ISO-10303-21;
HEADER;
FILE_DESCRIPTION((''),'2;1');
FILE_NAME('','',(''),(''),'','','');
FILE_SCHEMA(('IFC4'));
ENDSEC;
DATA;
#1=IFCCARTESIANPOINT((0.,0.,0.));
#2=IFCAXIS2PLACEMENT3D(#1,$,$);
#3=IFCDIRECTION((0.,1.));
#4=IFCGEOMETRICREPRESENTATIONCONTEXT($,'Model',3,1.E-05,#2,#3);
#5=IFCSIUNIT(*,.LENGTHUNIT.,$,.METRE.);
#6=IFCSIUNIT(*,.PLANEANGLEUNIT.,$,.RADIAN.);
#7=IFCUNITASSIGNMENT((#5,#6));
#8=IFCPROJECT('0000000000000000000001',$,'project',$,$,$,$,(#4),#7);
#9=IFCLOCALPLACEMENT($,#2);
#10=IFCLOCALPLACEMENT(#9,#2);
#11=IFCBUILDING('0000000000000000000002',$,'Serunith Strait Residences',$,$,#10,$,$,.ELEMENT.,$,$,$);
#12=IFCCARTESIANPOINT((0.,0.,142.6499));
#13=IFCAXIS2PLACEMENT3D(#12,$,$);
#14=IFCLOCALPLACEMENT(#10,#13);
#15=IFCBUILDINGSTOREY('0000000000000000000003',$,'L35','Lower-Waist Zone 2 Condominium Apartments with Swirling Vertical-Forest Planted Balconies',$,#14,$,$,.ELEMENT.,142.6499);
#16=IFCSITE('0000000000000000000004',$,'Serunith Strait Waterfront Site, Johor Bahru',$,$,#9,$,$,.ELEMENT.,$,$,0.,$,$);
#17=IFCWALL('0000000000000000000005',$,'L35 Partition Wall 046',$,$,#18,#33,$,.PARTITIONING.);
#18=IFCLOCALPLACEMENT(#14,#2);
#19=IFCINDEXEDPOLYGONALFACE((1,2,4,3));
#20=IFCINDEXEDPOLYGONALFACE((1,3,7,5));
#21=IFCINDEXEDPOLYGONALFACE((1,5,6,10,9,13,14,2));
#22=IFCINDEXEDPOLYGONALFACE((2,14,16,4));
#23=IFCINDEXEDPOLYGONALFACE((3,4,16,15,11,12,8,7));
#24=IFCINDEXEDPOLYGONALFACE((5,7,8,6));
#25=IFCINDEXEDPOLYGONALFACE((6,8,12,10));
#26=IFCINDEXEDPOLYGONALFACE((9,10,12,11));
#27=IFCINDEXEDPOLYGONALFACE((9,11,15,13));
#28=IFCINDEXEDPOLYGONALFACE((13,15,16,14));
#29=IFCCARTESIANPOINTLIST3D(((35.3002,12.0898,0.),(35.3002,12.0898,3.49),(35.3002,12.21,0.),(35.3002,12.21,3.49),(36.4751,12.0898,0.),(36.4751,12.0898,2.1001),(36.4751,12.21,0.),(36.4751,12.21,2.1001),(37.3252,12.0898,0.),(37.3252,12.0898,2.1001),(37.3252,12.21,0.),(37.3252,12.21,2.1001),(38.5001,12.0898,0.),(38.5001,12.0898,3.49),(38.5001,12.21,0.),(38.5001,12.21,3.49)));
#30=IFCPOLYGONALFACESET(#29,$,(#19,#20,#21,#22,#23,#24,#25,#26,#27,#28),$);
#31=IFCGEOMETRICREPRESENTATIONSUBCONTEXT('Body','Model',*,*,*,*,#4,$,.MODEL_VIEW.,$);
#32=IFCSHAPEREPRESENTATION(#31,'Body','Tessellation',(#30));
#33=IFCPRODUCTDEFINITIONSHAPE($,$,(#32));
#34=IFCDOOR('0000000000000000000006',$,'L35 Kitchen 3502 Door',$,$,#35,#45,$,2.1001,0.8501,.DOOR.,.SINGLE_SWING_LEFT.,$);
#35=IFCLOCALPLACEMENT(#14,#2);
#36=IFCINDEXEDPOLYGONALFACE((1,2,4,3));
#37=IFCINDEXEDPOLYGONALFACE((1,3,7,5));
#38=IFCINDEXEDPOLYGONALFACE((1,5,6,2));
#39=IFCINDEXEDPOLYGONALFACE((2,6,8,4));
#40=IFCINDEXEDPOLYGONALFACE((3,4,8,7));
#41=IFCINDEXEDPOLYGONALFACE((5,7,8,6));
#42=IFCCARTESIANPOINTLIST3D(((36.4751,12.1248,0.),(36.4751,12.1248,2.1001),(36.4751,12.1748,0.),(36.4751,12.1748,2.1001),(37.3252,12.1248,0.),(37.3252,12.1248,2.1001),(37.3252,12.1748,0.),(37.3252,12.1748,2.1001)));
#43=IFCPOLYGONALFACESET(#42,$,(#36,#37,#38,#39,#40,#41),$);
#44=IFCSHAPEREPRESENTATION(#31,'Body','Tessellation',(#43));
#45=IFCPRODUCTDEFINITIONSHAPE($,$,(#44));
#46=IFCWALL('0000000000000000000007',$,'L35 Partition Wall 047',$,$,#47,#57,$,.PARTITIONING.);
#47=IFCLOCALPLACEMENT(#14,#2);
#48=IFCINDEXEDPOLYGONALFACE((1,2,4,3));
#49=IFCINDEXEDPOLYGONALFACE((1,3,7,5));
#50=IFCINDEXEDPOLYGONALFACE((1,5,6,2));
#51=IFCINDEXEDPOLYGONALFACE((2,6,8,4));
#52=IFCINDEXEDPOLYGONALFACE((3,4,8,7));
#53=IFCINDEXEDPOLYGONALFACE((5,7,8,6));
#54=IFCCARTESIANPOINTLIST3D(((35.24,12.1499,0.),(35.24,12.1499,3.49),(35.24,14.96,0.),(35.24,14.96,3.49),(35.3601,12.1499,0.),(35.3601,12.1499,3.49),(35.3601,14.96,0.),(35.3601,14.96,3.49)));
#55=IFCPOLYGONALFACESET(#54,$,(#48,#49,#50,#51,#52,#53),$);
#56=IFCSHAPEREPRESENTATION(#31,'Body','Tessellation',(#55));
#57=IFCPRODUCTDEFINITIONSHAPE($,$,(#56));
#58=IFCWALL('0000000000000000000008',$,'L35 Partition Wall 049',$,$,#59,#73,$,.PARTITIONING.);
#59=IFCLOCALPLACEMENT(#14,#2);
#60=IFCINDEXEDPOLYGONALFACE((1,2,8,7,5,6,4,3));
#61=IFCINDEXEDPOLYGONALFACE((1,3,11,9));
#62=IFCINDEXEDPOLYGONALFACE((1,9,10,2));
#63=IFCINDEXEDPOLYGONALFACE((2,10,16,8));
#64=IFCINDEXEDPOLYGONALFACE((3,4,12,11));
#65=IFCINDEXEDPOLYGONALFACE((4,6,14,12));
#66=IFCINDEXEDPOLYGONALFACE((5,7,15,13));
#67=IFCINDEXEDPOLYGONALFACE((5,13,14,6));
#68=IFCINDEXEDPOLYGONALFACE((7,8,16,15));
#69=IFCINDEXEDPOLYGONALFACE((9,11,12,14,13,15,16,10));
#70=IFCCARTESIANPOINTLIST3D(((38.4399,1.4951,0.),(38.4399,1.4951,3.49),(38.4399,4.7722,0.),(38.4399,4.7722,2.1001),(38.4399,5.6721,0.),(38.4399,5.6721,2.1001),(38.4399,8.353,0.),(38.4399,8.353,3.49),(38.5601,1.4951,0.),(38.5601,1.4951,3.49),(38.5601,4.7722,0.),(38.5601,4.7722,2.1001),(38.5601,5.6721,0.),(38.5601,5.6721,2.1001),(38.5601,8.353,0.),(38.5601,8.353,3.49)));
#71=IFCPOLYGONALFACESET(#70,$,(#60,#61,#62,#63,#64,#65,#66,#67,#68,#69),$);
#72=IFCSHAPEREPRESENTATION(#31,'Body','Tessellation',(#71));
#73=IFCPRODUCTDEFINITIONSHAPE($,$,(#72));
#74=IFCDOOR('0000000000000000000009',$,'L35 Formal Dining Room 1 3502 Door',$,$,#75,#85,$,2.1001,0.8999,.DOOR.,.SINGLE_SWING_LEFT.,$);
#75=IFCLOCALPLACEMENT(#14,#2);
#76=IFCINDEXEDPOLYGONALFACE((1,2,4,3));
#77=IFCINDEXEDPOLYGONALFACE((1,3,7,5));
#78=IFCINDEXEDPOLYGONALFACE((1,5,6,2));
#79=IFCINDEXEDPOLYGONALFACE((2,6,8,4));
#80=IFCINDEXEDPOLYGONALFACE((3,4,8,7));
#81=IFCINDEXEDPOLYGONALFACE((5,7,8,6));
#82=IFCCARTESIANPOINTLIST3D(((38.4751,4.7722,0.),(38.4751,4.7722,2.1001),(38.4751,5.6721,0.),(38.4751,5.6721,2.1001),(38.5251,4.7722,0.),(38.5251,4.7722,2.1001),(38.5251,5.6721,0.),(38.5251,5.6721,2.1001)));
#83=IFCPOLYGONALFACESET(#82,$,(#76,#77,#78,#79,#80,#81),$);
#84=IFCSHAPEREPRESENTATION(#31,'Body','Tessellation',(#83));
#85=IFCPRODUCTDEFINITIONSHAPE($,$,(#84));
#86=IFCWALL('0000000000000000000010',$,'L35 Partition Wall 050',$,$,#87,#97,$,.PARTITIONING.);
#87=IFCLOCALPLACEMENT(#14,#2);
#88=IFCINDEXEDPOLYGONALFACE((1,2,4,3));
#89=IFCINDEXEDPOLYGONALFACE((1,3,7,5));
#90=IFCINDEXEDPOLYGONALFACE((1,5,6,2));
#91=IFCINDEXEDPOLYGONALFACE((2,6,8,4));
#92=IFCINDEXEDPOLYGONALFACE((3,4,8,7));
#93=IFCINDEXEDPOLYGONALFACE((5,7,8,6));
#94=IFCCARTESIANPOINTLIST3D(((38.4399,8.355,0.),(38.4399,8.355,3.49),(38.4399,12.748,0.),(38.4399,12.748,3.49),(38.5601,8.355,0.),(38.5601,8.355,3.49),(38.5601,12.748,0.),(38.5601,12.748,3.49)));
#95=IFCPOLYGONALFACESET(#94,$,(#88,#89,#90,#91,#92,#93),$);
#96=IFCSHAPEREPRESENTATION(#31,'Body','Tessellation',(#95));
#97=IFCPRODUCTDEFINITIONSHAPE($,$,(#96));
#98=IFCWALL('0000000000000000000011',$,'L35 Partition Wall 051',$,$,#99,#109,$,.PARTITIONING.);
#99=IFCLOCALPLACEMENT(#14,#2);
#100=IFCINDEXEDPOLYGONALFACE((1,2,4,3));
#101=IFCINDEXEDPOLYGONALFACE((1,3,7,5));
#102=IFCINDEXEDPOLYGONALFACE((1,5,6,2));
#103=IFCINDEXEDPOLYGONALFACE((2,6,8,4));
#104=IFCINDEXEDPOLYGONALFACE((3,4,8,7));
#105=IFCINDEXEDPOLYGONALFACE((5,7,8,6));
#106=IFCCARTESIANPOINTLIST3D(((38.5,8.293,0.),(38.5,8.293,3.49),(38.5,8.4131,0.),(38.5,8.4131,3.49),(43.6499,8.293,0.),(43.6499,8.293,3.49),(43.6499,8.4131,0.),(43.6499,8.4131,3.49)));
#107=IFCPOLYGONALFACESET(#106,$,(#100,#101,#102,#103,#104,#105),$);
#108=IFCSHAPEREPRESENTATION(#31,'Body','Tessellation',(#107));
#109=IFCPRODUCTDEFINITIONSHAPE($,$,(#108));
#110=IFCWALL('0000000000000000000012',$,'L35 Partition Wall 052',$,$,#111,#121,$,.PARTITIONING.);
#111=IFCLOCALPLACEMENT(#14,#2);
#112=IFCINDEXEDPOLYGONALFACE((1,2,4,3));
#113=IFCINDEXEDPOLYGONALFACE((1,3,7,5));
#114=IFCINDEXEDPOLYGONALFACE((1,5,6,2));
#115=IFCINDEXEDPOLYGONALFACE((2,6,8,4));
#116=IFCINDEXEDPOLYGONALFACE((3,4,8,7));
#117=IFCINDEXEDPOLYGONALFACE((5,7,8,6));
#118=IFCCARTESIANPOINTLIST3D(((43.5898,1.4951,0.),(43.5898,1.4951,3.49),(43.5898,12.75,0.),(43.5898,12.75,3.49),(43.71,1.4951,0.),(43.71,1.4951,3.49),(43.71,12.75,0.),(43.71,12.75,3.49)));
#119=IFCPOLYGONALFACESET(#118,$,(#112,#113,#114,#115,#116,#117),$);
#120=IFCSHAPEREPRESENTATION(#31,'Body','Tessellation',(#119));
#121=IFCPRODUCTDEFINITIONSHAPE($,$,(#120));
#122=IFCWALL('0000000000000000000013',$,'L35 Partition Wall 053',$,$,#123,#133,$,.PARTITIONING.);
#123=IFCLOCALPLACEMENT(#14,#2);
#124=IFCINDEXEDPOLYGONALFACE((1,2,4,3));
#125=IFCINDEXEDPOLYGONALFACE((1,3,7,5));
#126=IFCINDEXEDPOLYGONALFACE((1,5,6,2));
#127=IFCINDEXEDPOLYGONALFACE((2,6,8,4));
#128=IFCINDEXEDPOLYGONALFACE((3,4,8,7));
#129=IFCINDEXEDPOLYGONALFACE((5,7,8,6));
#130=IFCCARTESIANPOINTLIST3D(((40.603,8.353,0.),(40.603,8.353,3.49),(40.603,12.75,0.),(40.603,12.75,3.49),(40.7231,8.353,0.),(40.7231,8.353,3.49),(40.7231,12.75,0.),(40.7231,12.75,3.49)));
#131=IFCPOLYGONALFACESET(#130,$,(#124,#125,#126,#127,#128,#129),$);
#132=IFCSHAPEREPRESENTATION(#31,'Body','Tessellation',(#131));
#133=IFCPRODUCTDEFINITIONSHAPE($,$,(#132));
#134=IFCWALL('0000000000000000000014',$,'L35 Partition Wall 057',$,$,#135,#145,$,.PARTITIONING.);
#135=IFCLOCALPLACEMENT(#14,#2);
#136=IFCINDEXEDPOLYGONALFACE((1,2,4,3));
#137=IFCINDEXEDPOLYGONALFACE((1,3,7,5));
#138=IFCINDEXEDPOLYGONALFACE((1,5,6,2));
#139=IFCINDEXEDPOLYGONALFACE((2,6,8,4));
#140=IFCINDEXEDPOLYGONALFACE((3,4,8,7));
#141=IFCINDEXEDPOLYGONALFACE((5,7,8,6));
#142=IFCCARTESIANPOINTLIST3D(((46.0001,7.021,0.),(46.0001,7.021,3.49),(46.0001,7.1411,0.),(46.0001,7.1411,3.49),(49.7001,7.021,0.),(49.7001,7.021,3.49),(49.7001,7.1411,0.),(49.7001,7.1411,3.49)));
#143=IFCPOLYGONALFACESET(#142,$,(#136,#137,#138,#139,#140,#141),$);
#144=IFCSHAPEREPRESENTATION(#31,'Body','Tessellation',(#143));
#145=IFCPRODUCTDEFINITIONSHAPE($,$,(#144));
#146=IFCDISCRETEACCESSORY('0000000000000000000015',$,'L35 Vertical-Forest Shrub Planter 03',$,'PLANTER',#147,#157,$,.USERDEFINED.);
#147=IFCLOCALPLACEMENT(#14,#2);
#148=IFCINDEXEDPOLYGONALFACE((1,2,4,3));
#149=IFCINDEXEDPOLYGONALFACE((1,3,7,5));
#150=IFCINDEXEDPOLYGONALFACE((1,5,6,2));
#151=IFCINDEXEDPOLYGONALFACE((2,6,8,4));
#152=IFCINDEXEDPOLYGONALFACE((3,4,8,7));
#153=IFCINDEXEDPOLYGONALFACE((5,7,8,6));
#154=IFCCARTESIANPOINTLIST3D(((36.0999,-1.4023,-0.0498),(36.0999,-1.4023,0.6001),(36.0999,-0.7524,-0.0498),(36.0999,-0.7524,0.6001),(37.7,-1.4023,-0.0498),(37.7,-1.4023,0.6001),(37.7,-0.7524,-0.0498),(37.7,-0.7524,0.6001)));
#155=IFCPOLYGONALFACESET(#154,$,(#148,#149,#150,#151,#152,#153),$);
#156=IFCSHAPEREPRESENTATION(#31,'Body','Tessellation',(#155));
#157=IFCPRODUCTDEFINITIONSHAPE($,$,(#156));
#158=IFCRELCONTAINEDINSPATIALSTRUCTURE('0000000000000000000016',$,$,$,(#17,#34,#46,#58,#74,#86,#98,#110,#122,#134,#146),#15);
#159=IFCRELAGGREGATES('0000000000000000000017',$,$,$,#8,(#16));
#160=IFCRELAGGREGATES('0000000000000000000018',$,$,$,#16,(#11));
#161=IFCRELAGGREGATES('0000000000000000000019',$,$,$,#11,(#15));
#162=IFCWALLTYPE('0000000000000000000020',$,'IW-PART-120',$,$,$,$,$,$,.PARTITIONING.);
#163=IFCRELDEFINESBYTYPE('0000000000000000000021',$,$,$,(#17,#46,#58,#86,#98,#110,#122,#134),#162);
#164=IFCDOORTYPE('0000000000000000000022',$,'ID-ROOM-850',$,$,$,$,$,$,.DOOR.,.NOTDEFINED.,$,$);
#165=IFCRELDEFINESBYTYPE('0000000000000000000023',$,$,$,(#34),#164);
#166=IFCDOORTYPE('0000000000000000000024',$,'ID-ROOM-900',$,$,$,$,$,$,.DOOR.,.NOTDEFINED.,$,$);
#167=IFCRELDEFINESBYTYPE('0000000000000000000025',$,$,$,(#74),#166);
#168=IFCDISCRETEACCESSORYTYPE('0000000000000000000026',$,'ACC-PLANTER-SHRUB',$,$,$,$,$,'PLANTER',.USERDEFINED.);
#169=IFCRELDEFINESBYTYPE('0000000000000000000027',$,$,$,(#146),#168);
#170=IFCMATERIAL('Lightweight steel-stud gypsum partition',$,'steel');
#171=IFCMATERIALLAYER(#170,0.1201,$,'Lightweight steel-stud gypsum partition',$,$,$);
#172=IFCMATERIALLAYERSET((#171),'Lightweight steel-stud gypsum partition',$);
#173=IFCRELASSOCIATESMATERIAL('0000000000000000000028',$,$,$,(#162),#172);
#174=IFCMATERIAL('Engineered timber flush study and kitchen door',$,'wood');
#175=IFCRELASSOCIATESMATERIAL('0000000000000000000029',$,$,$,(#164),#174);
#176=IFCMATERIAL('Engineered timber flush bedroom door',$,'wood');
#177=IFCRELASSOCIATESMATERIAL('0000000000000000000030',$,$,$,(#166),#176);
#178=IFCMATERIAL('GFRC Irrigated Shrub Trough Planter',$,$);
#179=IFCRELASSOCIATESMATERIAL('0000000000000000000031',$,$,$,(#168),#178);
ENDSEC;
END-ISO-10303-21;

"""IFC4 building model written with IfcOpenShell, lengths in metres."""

from ifc_helpers import new_model, si_unit, direction, frame, frame_2d, origin, origin_2d, place, context, subcontext, project, spatial, rectangle, extrude, source, transform, mapped, material, layer, layer_set, type_object, element, fill, save


model = new_model("IFC4")

# Units and contexts
model_context = context("Model", 3, precision=1e-05, world=origin(), true_north=direction((0.0, 1.0)))
body_context = subcontext(model_context, "Body", "Model", "MODEL_VIEW")
ifc_project = project(units=[si_unit("LENGTHUNIT", "METRE"), si_unit("PLANEANGLEUNIT", "RADIAN")], contexts=[model_context])

# Site, building, storey
site_placement = place(None, origin())
site = spatial("IfcSite", under=ifc_project, at=site_placement, Name="Serunith Strait Waterfront Site, Johor Bahru", CompositionType="ELEMENT", RefElevation=0.0)
building_placement = place(site_placement, origin())
building = spatial("IfcBuilding", under=site, at=building_placement, Name="Serunith Strait Residences", CompositionType="ELEMENT")
storey_placement = place(building_placement, frame((0.0, 0.0, 142.6499)))
storey = spatial("IfcBuildingStorey", under=building, at=storey_placement, Name="L35", Description="Lower-Waist Zone 2 Condominium Apartments with Swirling Vertical-Forest Planted Balconies", CompositionType="ELEMENT", Elevation=142.6499)

# Wall, opening, door
ifc_material_1 = material(Name="Lightweight steel-stud gypsum partition", Category="steel")
ifc_layer_1 = layer(ifc_material_1, 0.1201, Name="Lightweight steel-stud gypsum partition")
ifc_layer_set_1 = layer_set([ifc_layer_1], Name="Lightweight steel-stud gypsum partition")
wall_type = type_object("IfcWallType", Name="IW-PART-120", PredefinedType="PARTITIONING", material=ifc_layer_set_1)
wall_1_placement = place(storey_placement, frame((35.3, 12.1499, 0.0), z_axis=(0.0, 0.0, 1.0), x_axis=(1.0, 0.0, 0.0)))
wall_1 = element("IfcWall", 1, at=wall_1_placement, inside=storey, type_object=wall_type, Name="L35 Partition Wall 046", PredefinedType="PARTITIONING", context=body_context, shape_type="SweptSolid", body=[
    extrude(rectangle(XDim=3.2, YDim=0.1201, at=frame_2d((1.6001, 0.0))), origin(), (0.0, 0.0, 1.0), 3.49),
])
opening_1_placement = place(wall_1_placement, frame((1.175, 0.0, 0.0)))
opening_1 = element("IfcOpeningElement", 2, at=opening_1_placement, cuts=wall_1, PredefinedType="OPENING", context=body_context, shape_type="SweptSolid", body=[
    extrude(rectangle(XDim=0.8501, YDim=2.1001, at=frame_2d((0.425, 1.05))), frame((0.0, 0.0701, 0.0), z_axis=(0.0, -1.0, 0.0), x_axis=(1.0, 0.0, 0.0)), (0.0, 0.0, 1.0), 0.1401),
])
ifc_material_2 = material(Name="Engineered timber flush study and kitchen door", Category="wood")
door_type_1 = type_object("IfcDoorType", Name="ID-ROOM-850", OperationType="NOTDEFINED", PredefinedType="DOOR", material=ifc_material_2)
shared_shape_1 = source(origin(), body_context, "Body", "SweptSolid", [
    extrude(rectangle(XDim=0.8501, YDim=2.1001, at=frame_2d((0.425, 1.05))), frame((0.0, 0.0249, 0.0), z_axis=(0.0, -1.0, 0.0), x_axis=(1.0, 0.0, 0.0)), (0.0, 0.0, 1.0), 0.05),
])
door_1_placement = place(opening_1_placement, origin())
door_1 = element("IfcDoor", 3, at=door_1_placement, inside=storey, type_object=door_type_1, Name="L35 Kitchen 3502 Door", OperationType="SINGLE_SWING_LEFT", OverallHeight=2.1001, OverallWidth=0.8501, PredefinedType="DOOR", context=body_context, shape_type="MappedRepresentation", body=[
    mapped(shared_shape_1, transform((0.0, 0.0, 0.0), scale=1.0)),
])
fill(opening_1, door_1)

# Wall
wall_2_placement = place(storey_placement, frame((35.3, 12.1499, 0.0), z_axis=(0.0, 0.0, 1.0), x_axis=(0.0, 1.0, 0.0)))
element("IfcWall", 4, at=wall_2_placement, inside=storey, type_object=wall_type, Name="L35 Partition Wall 047", PredefinedType="PARTITIONING", context=body_context, shape_type="SweptSolid", body=[
    extrude(rectangle(XDim=2.8101, YDim=0.1201, at=frame_2d((1.405, 0.0))), origin(), (0.0, 0.0, 1.0), 3.49),
])

# Wall, opening, door
wall_3_placement = place(storey_placement, frame((38.5, 1.4951, 0.0), z_axis=(0.0, 0.0, 1.0), x_axis=(0.0, 1.0, 0.0)))
wall_3 = element("IfcWall", 5, at=wall_3_placement, inside=storey, type_object=wall_type, Name="L35 Partition Wall 049", PredefinedType="PARTITIONING", context=body_context, shape_type="SweptSolid", body=[
    extrude(rectangle(XDim=6.8579, YDim=0.1201, at=frame_2d((3.429, 0.0))), origin(), (0.0, 0.0, 1.0), 3.49),
])
opening_2_placement = place(wall_3_placement, frame((3.2771, 0.0, 0.0)))
opening_2 = element("IfcOpeningElement", 6, at=opening_2_placement, cuts=wall_3, PredefinedType="OPENING", context=body_context, shape_type="SweptSolid", body=[
    extrude(rectangle(XDim=0.8999, YDim=2.1001, at=frame_2d((0.45, 1.05))), frame((0.0, 0.0701, 0.0), z_axis=(0.0, -1.0, 0.0), x_axis=(1.0, 0.0, 0.0)), (0.0, 0.0, 1.0), 0.1401),
])
ifc_material_3 = material(Name="Engineered timber flush bedroom door", Category="wood")
door_type_2 = type_object("IfcDoorType", Name="ID-ROOM-900", OperationType="NOTDEFINED", PredefinedType="DOOR", material=ifc_material_3)
shared_shape_2 = source(origin(), body_context, "Body", "SweptSolid", [
    extrude(rectangle(XDim=0.8999, YDim=2.1001, at=frame_2d((0.45, 1.05))), frame((0.0, 0.0249, 0.0), z_axis=(0.0, -1.0, 0.0), x_axis=(1.0, 0.0, 0.0)), (0.0, 0.0, 1.0), 0.05),
])
door_2_placement = place(opening_2_placement, origin())
door_2 = element("IfcDoor", 7, at=door_2_placement, inside=storey, type_object=door_type_2, Name="L35 Formal Dining Room 1 3502 Door", OperationType="SINGLE_SWING_LEFT", OverallHeight=2.1001, OverallWidth=0.8999, PredefinedType="DOOR", context=body_context, shape_type="MappedRepresentation", body=[
    mapped(shared_shape_2, transform((0.0, 0.0, 0.0), scale=1.0)),
])
fill(opening_2, door_2)

# Walls
wall_4_placement = place(storey_placement, frame((38.5, 8.355, 0.0), z_axis=(0.0, 0.0, 1.0), x_axis=(0.0, 1.0, 0.0)))
element("IfcWall", 8, at=wall_4_placement, inside=storey, type_object=wall_type, Name="L35 Partition Wall 050", PredefinedType="PARTITIONING", context=body_context, shape_type="SweptSolid", body=[
    extrude(rectangle(XDim=4.3931, YDim=0.1201, at=frame_2d((2.1965, 0.0))), origin(), (0.0, 0.0, 1.0), 3.49),
])
wall_5_placement = place(storey_placement, frame((38.5, 8.353, 0.0), z_axis=(0.0, 0.0, 1.0), x_axis=(1.0, 0.0, 0.0)))
element("IfcWall", 9, at=wall_5_placement, inside=storey, type_object=wall_type, Name="L35 Partition Wall 051", PredefinedType="PARTITIONING", context=body_context, shape_type="SweptSolid", body=[
    extrude(rectangle(XDim=5.1499, YDim=0.1201, at=frame_2d((2.575, 0.0))), origin(), (0.0, 0.0, 1.0), 3.49),
])
wall_6_placement = place(storey_placement, frame((43.6499, 1.4951, 0.0), z_axis=(0.0, 0.0, 1.0), x_axis=(0.0, 1.0, 0.0)))
element("IfcWall", 10, at=wall_6_placement, inside=storey, type_object=wall_type, Name="L35 Partition Wall 052", PredefinedType="PARTITIONING", context=body_context, shape_type="SweptSolid", body=[
    extrude(rectangle(XDim=11.2549, YDim=0.1201, at=frame_2d((5.6274, 0.0))), origin(), (0.0, 0.0, 1.0), 3.49),
])
wall_7_placement = place(storey_placement, frame((40.6631, 8.353, 0.0), z_axis=(0.0, 0.0, 1.0), x_axis=(0.0, 1.0, 0.0)))
element("IfcWall", 11, at=wall_7_placement, inside=storey, type_object=wall_type, Name="L35 Partition Wall 053", PredefinedType="PARTITIONING", context=body_context, shape_type="SweptSolid", body=[
    extrude(rectangle(XDim=4.397, YDim=0.1201, at=frame_2d((2.1985, 0.0))), origin(), (0.0, 0.0, 1.0), 3.49),
])
wall_8_placement = place(storey_placement, frame((46.0, 7.0811, 0.0), z_axis=(0.0, 0.0, 1.0), x_axis=(1.0, 0.0, 0.0)))
element("IfcWall", 12, at=wall_8_placement, inside=storey, type_object=wall_type, Name="L35 Partition Wall 057", PredefinedType="PARTITIONING", context=body_context, shape_type="SweptSolid", body=[
    extrude(rectangle(XDim=3.7, YDim=0.1201, at=frame_2d((1.8501, 0.0))), origin(), (0.0, 0.0, 1.0), 3.49),
])

# Discrete accessory
ifc_material_4 = material(Name="GFRC Irrigated Shrub Trough Planter")
discrete_accessory_type = type_object("IfcDiscreteAccessoryType", Name="ACC-PLANTER-SHRUB", ElementType="PLANTER", PredefinedType="USERDEFINED", material=ifc_material_4)
shared_shape_3 = source(origin(), body_context, "Body", "SweptSolid", [
    extrude(rectangle(XDim=1.6001, YDim=0.6499, at=origin_2d()), origin(), (0.0, 0.0, 1.0), 0.6499),
])
discrete_accessory_placement = place(storey_placement, frame((36.8999, -1.0774, -0.0498), z_axis=(0.0, 0.0, 1.0), x_axis=(1.0, 0.0, 0.0)))
element("IfcDiscreteAccessory", 13, at=discrete_accessory_placement, inside=storey, type_object=discrete_accessory_type, Name="L35 Vertical-Forest Shrub Planter 03", ObjectType="PLANTER", PredefinedType="USERDEFINED", context=body_context, shape_type="MappedRepresentation", body=[
    mapped(shared_shape_3, transform((0.0, 0.0, 0.0), scale=1.0)),
])

save(model, "model.ifc")
